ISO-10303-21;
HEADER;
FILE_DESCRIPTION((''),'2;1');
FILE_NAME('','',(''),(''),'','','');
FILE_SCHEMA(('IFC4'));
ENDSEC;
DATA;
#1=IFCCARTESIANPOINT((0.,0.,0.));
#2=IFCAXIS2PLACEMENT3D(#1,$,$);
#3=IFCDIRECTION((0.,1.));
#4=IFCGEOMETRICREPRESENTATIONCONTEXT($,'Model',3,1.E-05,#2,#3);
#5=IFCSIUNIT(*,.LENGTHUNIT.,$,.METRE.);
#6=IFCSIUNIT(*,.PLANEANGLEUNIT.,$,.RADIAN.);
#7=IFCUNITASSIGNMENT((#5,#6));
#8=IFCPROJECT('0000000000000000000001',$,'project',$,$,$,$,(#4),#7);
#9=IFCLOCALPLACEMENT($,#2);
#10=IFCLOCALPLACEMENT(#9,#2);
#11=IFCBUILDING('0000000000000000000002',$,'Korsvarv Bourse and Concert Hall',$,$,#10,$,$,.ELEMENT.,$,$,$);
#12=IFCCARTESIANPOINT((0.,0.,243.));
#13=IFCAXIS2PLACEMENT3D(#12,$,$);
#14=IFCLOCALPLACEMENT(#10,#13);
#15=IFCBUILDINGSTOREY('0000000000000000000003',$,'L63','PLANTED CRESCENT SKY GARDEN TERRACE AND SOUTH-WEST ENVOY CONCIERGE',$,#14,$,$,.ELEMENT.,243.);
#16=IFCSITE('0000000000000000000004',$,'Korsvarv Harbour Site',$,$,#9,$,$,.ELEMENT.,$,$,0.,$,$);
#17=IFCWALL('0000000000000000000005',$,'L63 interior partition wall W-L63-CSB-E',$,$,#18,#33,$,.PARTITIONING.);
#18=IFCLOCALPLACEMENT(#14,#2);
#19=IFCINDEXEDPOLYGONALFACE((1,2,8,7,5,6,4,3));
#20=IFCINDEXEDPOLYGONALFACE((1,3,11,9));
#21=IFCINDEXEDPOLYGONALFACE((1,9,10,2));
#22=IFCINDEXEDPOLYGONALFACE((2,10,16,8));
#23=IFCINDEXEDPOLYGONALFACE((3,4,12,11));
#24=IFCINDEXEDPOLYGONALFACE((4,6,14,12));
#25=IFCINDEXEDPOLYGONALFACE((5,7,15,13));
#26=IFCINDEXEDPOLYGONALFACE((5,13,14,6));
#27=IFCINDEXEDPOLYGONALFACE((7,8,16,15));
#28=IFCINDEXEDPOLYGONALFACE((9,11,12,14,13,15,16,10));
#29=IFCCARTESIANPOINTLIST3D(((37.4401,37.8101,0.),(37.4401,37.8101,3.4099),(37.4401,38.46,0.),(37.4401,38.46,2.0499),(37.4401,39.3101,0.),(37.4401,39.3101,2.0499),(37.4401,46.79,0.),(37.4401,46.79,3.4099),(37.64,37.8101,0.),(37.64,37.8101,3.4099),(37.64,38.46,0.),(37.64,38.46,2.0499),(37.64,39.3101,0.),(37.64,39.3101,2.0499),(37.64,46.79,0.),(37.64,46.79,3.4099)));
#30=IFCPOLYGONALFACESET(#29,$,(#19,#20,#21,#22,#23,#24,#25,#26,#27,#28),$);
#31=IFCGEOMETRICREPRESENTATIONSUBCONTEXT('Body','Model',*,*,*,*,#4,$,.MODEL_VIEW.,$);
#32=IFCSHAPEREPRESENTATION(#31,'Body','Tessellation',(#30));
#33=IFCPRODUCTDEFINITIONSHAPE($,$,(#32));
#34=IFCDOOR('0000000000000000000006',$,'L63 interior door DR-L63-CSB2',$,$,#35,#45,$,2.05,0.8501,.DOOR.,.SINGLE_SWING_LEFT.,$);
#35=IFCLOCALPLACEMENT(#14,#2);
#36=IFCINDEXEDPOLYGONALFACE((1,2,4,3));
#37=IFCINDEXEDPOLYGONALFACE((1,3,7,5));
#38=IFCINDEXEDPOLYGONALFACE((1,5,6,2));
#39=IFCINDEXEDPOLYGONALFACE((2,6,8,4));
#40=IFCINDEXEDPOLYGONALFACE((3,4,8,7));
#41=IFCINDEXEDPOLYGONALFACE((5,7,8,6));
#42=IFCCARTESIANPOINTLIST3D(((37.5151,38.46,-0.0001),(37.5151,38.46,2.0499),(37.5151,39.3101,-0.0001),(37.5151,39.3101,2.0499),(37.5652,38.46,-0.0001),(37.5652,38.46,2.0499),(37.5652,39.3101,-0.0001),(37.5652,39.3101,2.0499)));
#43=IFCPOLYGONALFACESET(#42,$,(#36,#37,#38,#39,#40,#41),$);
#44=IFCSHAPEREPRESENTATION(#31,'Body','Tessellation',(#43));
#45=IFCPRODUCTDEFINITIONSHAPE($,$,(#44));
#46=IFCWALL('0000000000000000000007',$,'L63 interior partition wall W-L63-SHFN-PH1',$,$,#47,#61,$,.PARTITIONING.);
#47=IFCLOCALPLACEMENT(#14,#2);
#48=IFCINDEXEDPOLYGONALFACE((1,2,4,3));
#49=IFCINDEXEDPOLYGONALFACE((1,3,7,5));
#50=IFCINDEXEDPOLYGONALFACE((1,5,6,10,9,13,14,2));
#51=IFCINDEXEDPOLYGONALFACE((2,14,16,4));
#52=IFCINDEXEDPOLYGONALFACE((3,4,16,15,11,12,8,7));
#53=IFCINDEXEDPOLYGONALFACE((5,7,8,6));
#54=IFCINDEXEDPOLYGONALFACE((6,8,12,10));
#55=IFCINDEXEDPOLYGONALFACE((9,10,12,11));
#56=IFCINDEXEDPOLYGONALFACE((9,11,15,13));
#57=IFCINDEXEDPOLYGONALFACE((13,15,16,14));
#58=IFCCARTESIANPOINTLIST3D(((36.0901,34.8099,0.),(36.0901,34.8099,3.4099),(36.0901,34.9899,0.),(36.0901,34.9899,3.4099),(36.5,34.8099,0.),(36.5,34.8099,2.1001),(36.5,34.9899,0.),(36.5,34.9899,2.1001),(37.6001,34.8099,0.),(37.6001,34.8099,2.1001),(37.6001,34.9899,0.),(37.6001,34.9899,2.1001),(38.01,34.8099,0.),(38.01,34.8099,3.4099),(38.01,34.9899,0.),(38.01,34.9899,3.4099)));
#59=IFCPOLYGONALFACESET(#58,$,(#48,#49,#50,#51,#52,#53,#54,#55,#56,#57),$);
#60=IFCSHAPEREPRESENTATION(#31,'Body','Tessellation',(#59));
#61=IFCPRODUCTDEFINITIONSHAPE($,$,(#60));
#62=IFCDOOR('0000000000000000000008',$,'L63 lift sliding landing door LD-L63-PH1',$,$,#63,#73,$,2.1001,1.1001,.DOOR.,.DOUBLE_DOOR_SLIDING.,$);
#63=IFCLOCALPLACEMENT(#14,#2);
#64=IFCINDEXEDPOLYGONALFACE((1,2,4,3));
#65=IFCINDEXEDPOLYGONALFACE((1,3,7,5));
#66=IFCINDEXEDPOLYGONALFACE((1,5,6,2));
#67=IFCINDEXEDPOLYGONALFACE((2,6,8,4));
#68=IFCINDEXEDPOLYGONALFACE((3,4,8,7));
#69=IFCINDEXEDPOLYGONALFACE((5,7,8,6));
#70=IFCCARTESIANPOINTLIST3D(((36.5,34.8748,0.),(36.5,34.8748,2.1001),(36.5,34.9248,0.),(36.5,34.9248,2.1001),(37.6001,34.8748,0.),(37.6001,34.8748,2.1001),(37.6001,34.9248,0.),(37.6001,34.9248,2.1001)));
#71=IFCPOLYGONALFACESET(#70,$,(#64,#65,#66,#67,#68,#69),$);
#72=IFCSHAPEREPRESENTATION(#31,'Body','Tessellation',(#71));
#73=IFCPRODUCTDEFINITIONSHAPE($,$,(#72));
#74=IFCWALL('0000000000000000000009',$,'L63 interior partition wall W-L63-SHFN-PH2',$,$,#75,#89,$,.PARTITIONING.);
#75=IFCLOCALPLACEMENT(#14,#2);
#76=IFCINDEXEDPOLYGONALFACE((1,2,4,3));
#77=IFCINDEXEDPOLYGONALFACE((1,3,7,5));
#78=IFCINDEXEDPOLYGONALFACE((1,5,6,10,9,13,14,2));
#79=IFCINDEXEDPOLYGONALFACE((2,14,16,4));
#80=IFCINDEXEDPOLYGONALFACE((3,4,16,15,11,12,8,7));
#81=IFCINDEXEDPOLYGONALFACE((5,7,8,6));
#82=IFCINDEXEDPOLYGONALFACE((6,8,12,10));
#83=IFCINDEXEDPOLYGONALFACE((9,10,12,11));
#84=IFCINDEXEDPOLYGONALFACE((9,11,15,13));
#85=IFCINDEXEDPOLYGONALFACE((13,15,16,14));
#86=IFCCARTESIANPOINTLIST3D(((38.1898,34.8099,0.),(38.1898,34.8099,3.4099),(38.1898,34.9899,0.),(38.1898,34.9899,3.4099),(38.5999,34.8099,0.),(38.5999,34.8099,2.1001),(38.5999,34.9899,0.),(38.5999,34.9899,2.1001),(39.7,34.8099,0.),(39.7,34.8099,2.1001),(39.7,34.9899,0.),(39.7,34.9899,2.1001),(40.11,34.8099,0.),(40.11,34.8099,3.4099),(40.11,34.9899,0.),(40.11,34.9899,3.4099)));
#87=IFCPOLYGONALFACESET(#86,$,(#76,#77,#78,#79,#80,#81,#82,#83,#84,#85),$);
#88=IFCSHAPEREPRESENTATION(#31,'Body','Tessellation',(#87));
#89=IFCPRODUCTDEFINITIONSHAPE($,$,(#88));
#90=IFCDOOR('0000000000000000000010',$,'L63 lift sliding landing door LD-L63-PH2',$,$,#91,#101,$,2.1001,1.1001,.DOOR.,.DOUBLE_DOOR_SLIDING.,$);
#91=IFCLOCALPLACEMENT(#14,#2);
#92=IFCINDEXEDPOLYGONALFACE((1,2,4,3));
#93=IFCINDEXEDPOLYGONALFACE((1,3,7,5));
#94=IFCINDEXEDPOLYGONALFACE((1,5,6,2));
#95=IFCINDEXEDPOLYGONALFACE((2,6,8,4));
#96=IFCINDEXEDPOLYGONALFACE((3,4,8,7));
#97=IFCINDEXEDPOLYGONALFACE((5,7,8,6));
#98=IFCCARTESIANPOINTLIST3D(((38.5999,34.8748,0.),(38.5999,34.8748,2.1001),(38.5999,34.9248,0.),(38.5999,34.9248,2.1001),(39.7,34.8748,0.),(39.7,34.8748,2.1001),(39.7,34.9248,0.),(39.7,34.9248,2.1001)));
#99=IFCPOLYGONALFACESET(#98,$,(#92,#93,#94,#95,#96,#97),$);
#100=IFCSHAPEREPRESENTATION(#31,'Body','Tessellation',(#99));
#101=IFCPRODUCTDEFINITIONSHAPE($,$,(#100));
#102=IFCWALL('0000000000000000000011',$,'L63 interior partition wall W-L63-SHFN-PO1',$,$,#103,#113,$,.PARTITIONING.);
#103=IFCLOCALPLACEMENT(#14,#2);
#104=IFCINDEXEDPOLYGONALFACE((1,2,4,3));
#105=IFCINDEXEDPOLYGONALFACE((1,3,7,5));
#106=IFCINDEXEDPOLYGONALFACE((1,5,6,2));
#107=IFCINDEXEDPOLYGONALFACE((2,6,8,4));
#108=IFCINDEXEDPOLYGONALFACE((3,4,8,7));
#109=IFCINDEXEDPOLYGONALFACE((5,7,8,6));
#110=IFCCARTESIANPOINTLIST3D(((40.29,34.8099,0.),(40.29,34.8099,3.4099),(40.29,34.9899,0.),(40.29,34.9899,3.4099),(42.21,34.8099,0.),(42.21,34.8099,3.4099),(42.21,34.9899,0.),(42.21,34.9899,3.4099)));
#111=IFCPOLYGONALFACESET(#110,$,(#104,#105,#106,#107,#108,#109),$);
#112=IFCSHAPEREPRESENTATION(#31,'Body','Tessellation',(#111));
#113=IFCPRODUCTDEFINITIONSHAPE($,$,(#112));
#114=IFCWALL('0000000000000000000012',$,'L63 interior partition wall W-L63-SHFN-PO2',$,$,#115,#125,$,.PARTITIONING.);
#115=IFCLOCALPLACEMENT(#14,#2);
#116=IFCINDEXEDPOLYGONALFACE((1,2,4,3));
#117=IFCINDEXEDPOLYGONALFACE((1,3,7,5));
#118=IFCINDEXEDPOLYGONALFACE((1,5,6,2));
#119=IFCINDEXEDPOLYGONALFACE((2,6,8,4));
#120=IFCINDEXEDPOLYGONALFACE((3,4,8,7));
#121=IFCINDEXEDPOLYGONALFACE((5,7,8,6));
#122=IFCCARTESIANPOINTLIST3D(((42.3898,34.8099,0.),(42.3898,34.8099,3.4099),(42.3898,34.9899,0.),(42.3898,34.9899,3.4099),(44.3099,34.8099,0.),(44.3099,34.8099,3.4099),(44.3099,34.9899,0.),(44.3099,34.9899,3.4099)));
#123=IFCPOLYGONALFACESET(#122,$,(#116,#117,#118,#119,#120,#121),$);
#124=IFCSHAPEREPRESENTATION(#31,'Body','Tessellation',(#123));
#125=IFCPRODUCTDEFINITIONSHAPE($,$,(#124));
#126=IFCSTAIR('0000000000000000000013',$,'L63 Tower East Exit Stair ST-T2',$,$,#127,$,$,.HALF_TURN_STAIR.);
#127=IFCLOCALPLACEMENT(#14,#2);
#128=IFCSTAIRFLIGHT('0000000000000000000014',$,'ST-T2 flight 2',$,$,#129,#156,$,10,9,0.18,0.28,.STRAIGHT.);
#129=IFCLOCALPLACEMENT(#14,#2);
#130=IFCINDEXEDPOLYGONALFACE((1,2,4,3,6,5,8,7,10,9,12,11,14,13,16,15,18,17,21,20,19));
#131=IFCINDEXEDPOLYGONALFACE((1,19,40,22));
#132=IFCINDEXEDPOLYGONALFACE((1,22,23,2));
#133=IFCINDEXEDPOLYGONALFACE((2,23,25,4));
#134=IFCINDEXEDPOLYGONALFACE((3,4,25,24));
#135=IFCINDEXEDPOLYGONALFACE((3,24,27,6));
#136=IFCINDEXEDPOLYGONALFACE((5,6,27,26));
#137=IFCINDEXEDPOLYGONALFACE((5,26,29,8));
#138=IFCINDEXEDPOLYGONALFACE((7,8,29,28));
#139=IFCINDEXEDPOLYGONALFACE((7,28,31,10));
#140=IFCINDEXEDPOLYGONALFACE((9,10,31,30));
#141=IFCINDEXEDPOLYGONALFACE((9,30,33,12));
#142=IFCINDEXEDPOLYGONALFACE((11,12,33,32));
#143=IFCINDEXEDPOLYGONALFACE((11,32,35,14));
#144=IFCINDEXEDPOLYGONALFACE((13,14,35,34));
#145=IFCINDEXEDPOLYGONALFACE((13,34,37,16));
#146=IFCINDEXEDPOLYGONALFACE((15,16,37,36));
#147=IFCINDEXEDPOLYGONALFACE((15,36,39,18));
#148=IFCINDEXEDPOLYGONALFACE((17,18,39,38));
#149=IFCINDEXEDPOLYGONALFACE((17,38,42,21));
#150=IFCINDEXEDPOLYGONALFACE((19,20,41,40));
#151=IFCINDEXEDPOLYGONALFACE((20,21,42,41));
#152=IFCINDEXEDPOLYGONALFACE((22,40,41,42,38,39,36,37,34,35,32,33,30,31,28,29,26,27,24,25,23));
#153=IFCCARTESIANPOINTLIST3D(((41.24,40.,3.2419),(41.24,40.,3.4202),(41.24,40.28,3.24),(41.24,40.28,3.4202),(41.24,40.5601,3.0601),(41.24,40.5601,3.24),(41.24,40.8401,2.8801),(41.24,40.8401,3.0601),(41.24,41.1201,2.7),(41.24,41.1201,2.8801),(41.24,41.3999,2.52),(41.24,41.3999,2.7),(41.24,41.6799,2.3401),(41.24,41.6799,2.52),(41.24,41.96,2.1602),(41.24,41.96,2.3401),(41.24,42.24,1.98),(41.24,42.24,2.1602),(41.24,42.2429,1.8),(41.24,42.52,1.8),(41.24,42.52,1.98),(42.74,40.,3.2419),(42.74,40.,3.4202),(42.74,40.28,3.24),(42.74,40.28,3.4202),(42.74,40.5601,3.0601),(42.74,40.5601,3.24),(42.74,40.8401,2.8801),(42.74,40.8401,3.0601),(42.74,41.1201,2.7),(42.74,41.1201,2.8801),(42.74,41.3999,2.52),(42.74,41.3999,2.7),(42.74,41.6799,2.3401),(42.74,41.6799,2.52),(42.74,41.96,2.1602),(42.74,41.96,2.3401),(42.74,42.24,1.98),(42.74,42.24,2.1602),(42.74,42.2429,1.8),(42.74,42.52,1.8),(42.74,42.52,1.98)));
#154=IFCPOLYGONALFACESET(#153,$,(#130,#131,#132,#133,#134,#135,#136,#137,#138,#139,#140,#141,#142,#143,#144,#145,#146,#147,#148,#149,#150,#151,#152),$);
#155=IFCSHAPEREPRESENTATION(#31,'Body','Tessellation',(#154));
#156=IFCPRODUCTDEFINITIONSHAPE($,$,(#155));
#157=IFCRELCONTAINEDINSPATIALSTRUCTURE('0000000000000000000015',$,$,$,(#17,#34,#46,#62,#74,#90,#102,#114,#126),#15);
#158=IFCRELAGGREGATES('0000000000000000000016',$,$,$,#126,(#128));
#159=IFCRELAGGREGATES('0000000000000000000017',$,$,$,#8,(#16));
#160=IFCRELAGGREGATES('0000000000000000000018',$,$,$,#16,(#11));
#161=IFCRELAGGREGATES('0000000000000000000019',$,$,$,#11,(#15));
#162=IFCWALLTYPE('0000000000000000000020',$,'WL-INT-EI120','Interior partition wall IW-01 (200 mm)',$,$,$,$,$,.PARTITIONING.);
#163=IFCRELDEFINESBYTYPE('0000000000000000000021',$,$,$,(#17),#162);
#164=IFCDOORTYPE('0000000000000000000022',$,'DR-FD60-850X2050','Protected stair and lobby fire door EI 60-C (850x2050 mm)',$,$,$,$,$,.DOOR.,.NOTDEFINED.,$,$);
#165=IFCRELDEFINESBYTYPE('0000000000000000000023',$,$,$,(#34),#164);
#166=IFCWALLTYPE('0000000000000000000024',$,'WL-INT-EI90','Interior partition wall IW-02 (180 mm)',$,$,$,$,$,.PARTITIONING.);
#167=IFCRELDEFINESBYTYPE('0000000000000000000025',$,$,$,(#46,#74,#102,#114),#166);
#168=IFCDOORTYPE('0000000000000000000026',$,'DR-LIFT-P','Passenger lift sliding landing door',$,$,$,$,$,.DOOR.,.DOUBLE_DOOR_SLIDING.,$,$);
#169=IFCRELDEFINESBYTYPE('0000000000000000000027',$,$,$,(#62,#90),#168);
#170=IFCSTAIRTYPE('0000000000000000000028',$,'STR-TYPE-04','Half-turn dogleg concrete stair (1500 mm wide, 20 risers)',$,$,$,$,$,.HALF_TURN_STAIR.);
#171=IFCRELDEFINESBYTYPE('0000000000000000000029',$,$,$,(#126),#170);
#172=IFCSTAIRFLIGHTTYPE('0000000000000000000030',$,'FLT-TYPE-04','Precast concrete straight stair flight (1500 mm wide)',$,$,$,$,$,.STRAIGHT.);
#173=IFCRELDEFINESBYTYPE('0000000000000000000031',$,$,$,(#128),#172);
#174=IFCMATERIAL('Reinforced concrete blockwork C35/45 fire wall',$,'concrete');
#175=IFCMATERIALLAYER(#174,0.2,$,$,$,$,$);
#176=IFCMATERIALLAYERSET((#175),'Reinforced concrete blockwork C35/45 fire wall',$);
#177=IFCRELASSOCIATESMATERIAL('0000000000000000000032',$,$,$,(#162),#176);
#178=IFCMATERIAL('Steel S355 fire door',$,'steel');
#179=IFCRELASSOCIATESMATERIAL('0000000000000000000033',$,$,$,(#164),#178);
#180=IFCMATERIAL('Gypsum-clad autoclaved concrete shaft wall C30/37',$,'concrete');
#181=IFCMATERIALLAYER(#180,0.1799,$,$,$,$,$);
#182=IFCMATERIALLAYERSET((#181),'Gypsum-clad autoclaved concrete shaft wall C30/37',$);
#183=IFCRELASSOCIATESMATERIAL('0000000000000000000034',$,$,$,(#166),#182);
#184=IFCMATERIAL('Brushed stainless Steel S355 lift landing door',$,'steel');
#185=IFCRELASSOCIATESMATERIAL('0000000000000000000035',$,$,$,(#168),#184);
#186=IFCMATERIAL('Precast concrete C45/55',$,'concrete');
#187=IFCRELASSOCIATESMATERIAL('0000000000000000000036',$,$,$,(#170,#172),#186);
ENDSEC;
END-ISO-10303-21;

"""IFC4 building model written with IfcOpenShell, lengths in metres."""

from ifc_helpers import new_model, si_unit, direction, frame, frame_2d, origin, place, context, subcontext, project, spatial, polyline, rectangle, outline, extrude, material, layer, layer_set, type_object, element, fill, aggregate, save


model = new_model("IFC4")

# Units and contexts
model_context = context("Model", 3, precision=1e-05, world=origin(), true_north=direction((0.0, 1.0)))
body_context = subcontext(model_context, "Body", "Model", "MODEL_VIEW")
ifc_project = project(units=[si_unit("LENGTHUNIT", "METRE"), si_unit("PLANEANGLEUNIT", "RADIAN")], contexts=[model_context])

# Site, building, storey
site_placement = place(None, origin())
site = spatial("IfcSite", under=ifc_project, at=site_placement, Name="Korsvarv Harbour Site", CompositionType="ELEMENT", RefElevation=0.0)
building_placement = place(site_placement, origin())
building = spatial("IfcBuilding", under=site, at=building_placement, Name="Korsvarv Bourse and Concert Hall", CompositionType="ELEMENT")
storey_placement = place(building_placement, frame((0.0, 0.0, 243.0)))
storey = spatial("IfcBuildingStorey", under=building, at=storey_placement, Name="L63", Description="PLANTED CRESCENT SKY GARDEN TERRACE AND SOUTH-WEST ENVOY CONCIERGE", CompositionType="ELEMENT", Elevation=243.0)

# Shared definitions
ifc_material_1 = material(Name="Steel S355 fire door", Category="steel")

# Walls, openings, doors
ifc_material_2 = material(Name="Reinforced concrete blockwork C35/45 fire wall", Category="concrete")
ifc_layer_1 = layer(ifc_material_2, 0.2)
ifc_layer_set_1 = layer_set([ifc_layer_1], Name="Reinforced concrete blockwork C35/45 fire wall")
wall_type_1 = type_object("IfcWallType", Name="WL-INT-EI120", Description="Interior partition wall IW-01 (200 mm)", PredefinedType="PARTITIONING", material=ifc_layer_set_1)
wall_1_placement = place(storey_placement, frame((37.54, 37.8101, 0.0), z_axis=(0.0, 0.0, 1.0), x_axis=(0.0, 1.0, 0.0)))
wall_1 = element("IfcWall", 1, at=wall_1_placement, inside=storey, type_object=wall_type_1, Name="L63 interior partition wall W-L63-CSB-E", PredefinedType="PARTITIONING", context=body_context, shape_type="SweptSolid", body=[
    extrude(rectangle(XDim=8.98, YDim=0.2, at=frame_2d((4.49, 0.0))), origin(), (0.0, 0.0, 1.0), 3.4099),
])
opening_1_placement = place(wall_1_placement, frame((0.6499, 0.0, 0.0)))
opening_1 = element("IfcOpeningElement", 2, at=opening_1_placement, cuts=wall_1, PredefinedType="OPENING", context=body_context, shape_type="SweptSolid", body=[
    extrude(rectangle(XDim=0.8501, YDim=2.05, at=frame_2d((0.425, 1.0249))), frame((0.0, 0.1099, 0.0), z_axis=(0.0, -1.0, 0.0), x_axis=(1.0, 0.0, 0.0)), (0.0, 0.0, 1.0), 0.22),
])
door_type_1 = type_object("IfcDoorType", Name="DR-FD60-850X2050", Description="Protected stair and lobby fire door EI 60-C (850x2050 mm)", OperationType="NOTDEFINED", PredefinedType="DOOR", material=ifc_material_1)
door_1_placement = place(opening_1_placement, origin())
door_1 = element("IfcDoor", 3, at=door_1_placement, inside=storey, type_object=door_type_1, Name="L63 interior door DR-L63-CSB2", OperationType="SINGLE_SWING_LEFT", OverallHeight=2.05, OverallWidth=0.8501, PredefinedType="DOOR", context=body_context, shape_type="SweptSolid", body=[
    extrude(rectangle(XDim=0.8501, YDim=2.05, at=frame_2d((0.425, 1.0249))), frame((0.0, 0.0249, 0.0), z_axis=(0.0, -1.0, 0.0), x_axis=(1.0, 0.0, 0.0)), (0.0, 0.0, 1.0), 0.05),
])
fill(opening_1, door_1)
ifc_material_3 = material(Name="Gypsum-clad autoclaved concrete shaft wall C30/37", Category="concrete")
ifc_layer_2 = layer(ifc_material_3, 0.1799)
ifc_layer_set_2 = layer_set([ifc_layer_2], Name="Gypsum-clad autoclaved concrete shaft wall C30/37")
wall_type_2 = type_object("IfcWallType", Name="WL-INT-EI90", Description="Interior partition wall IW-02 (180 mm)", PredefinedType="PARTITIONING", material=ifc_layer_set_2)
wall_2_placement = place(storey_placement, frame((36.0901, 34.8999, 0.0), z_axis=(0.0, 0.0, 1.0), x_axis=(1.0, 0.0, 0.0)))
wall_2 = element("IfcWall", 4, at=wall_2_placement, inside=storey, type_object=wall_type_2, Name="L63 interior partition wall W-L63-SHFN-PH1", PredefinedType="PARTITIONING", context=body_context, shape_type="SweptSolid", body=[
    extrude(rectangle(XDim=1.9199, YDim=0.1799, at=frame_2d((0.96, 0.0))), origin(), (0.0, 0.0, 1.0), 3.4099),
])
opening_2_placement = place(wall_2_placement, frame((0.4099, 0.0, 0.0)))
opening_2 = element("IfcOpeningElement", 5, at=opening_2_placement, cuts=wall_2, PredefinedType="OPENING", context=body_context, shape_type="SweptSolid", body=[
    extrude(rectangle(XDim=1.1001, YDim=2.1001, at=frame_2d((0.55, 1.05))), frame((0.0, 0.1001, 0.0), z_axis=(0.0, -1.0, 0.0), x_axis=(1.0, 0.0, 0.0)), (0.0, 0.0, 1.0), 0.2),
])
ifc_material_4 = material(Name="Brushed stainless Steel S355 lift landing door", Category="steel")
door_type_2 = type_object("IfcDoorType", Name="DR-LIFT-P", Description="Passenger lift sliding landing door", OperationType="DOUBLE_DOOR_SLIDING", PredefinedType="DOOR", material=ifc_material_4)
door_2_placement = place(opening_2_placement, origin())
door_2 = element("IfcDoor", 6, at=door_2_placement, inside=storey, type_object=door_type_2, Name="L63 lift sliding landing door LD-L63-PH1", OperationType="DOUBLE_DOOR_SLIDING", OverallHeight=2.1001, OverallWidth=1.1001, PredefinedType="DOOR", context=body_context, shape_type="SweptSolid", body=[
    extrude(rectangle(XDim=1.1001, YDim=2.1001, at=frame_2d((0.55, 1.05))), frame((0.0, 0.0249, 0.0), z_axis=(0.0, -1.0, 0.0), x_axis=(1.0, 0.0, 0.0)), (0.0, 0.0, 1.0), 0.05),
])
fill(opening_2, door_2)
wall_3_placement = place(storey_placement, frame((38.1899, 34.8999, 0.0), z_axis=(0.0, 0.0, 1.0), x_axis=(1.0, 0.0, 0.0)))
wall_3 = element("IfcWall", 7, at=wall_3_placement, inside=storey, type_object=wall_type_2, Name="L63 interior partition wall W-L63-SHFN-PH2", PredefinedType="PARTITIONING", context=body_context, shape_type="SweptSolid", body=[
    extrude(rectangle(XDim=1.9202, YDim=0.1799, at=frame_2d((0.96, 0.0))), origin(), (0.0, 0.0, 1.0), 3.4099),
])
opening_3_placement = place(wall_3_placement, frame((0.4099, 0.0, 0.0)))
opening_3 = element("IfcOpeningElement", 8, at=opening_3_placement, cuts=wall_3, PredefinedType="OPENING", context=body_context, shape_type="SweptSolid", body=[
    extrude(rectangle(XDim=1.1001, YDim=2.1001, at=frame_2d((0.55, 1.05))), frame((0.0, 0.1001, 0.0), z_axis=(0.0, -1.0, 0.0), x_axis=(1.0, 0.0, 0.0)), (0.0, 0.0, 1.0), 0.2),
])
door_3_placement = place(opening_3_placement, origin())
door_3 = element("IfcDoor", 9, at=door_3_placement, inside=storey, type_object=door_type_2, Name="L63 lift sliding landing door LD-L63-PH2", OperationType="DOUBLE_DOOR_SLIDING", OverallHeight=2.1001, OverallWidth=1.1001, PredefinedType="DOOR", context=body_context, shape_type="SweptSolid", body=[
    extrude(rectangle(XDim=1.1001, YDim=2.1001, at=frame_2d((0.55, 1.05))), frame((0.0, 0.0249, 0.0), z_axis=(0.0, -1.0, 0.0), x_axis=(1.0, 0.0, 0.0)), (0.0, 0.0, 1.0), 0.05),
])
fill(opening_3, door_3)

# Walls
wall_4_placement = place(storey_placement, frame((40.29, 34.8999, 0.0), z_axis=(0.0, 0.0, 1.0), x_axis=(1.0, 0.0, 0.0)))
element("IfcWall", 10, at=wall_4_placement, inside=storey, type_object=wall_type_2, Name="L63 interior partition wall W-L63-SHFN-PO1", PredefinedType="PARTITIONING", context=body_context, shape_type="SweptSolid", body=[
    extrude(rectangle(XDim=1.9199, YDim=0.1799, at=frame_2d((0.96, 0.0))), origin(), (0.0, 0.0, 1.0), 3.4099),
])
wall_5_placement = place(storey_placement, frame((42.3899, 34.8999, 0.0), z_axis=(0.0, 0.0, 1.0), x_axis=(1.0, 0.0, 0.0)))
element("IfcWall", 11, at=wall_5_placement, inside=storey, type_object=wall_type_2, Name="L63 interior partition wall W-L63-SHFN-PO2", PredefinedType="PARTITIONING", context=body_context, shape_type="SweptSolid", body=[
    extrude(rectangle(XDim=1.9202, YDim=0.1799, at=frame_2d((0.96, 0.0))), origin(), (0.0, 0.0, 1.0), 3.4099),
])

# Stair, stair flight
ifc_material_5 = material(Name="Precast concrete C45/55", Category="concrete")
stair_type = type_object("IfcStairType", Name="STR-TYPE-04", Description="Half-turn dogleg concrete stair (1500 mm wide, 20 risers)", PredefinedType="HALF_TURN_STAIR", material=ifc_material_5)
stair_placement = place(storey_placement, origin())
stair = element("IfcStair", 12, at=stair_placement, inside=storey, type_object=stair_type, Name="L63 Tower East Exit Stair ST-T2", PredefinedType="HALF_TURN_STAIR")
stair_flight_type = type_object("IfcStairFlightType", Name="FLT-TYPE-04", Description="Precast concrete straight stair flight (1500 mm wide)", PredefinedType="STRAIGHT", material=ifc_material_5)
stair_flight_placement = place(storey_placement, frame((41.99, 42.52, 1.8), z_axis=(0.0, 0.0, 1.0), x_axis=(0.0, -1.0, 0.0)))
stair_flight = element("IfcStairFlight", 13, at=stair_flight_placement, type_object=stair_flight_type, Name="ST-T2 flight 2", NumberOfRisers=10, NumberOfTreads=9, PredefinedType="STRAIGHT", RiserHeight=0.18, TreadLength=0.28, context=body_context, shape_type="SweptSolid", body=[
    extrude(outline(polyline([(0.0, 0.0), (0.0, 0.1799), (0.28, 0.1799), (0.28, 0.3601), (0.5601, 0.3601), (0.5601, 0.54), (0.8401, 0.54), (0.8401, 0.72), (1.1201, 0.72), (1.1201, 0.8999), (1.3999, 0.8999), (1.3999, 1.0801), (1.6799, 1.0801), (1.6799, 1.26), (1.96, 1.26), (1.96, 1.4399), (2.24, 1.4399), (2.24, 1.6201), (2.52, 1.6201), (2.52, 1.8), (2.52, 1.4419), (0.2771, 0.0), (0.0, 0.0)])), frame((0.0, 0.75, 0.0), z_axis=(0.0, -1.0, 0.0), x_axis=(1.0, 0.0, 0.0)), (0.0, 0.0, 1.0), 1.5),
])
aggregate(stair, [stair_flight])

save(model, "model.ifc")
